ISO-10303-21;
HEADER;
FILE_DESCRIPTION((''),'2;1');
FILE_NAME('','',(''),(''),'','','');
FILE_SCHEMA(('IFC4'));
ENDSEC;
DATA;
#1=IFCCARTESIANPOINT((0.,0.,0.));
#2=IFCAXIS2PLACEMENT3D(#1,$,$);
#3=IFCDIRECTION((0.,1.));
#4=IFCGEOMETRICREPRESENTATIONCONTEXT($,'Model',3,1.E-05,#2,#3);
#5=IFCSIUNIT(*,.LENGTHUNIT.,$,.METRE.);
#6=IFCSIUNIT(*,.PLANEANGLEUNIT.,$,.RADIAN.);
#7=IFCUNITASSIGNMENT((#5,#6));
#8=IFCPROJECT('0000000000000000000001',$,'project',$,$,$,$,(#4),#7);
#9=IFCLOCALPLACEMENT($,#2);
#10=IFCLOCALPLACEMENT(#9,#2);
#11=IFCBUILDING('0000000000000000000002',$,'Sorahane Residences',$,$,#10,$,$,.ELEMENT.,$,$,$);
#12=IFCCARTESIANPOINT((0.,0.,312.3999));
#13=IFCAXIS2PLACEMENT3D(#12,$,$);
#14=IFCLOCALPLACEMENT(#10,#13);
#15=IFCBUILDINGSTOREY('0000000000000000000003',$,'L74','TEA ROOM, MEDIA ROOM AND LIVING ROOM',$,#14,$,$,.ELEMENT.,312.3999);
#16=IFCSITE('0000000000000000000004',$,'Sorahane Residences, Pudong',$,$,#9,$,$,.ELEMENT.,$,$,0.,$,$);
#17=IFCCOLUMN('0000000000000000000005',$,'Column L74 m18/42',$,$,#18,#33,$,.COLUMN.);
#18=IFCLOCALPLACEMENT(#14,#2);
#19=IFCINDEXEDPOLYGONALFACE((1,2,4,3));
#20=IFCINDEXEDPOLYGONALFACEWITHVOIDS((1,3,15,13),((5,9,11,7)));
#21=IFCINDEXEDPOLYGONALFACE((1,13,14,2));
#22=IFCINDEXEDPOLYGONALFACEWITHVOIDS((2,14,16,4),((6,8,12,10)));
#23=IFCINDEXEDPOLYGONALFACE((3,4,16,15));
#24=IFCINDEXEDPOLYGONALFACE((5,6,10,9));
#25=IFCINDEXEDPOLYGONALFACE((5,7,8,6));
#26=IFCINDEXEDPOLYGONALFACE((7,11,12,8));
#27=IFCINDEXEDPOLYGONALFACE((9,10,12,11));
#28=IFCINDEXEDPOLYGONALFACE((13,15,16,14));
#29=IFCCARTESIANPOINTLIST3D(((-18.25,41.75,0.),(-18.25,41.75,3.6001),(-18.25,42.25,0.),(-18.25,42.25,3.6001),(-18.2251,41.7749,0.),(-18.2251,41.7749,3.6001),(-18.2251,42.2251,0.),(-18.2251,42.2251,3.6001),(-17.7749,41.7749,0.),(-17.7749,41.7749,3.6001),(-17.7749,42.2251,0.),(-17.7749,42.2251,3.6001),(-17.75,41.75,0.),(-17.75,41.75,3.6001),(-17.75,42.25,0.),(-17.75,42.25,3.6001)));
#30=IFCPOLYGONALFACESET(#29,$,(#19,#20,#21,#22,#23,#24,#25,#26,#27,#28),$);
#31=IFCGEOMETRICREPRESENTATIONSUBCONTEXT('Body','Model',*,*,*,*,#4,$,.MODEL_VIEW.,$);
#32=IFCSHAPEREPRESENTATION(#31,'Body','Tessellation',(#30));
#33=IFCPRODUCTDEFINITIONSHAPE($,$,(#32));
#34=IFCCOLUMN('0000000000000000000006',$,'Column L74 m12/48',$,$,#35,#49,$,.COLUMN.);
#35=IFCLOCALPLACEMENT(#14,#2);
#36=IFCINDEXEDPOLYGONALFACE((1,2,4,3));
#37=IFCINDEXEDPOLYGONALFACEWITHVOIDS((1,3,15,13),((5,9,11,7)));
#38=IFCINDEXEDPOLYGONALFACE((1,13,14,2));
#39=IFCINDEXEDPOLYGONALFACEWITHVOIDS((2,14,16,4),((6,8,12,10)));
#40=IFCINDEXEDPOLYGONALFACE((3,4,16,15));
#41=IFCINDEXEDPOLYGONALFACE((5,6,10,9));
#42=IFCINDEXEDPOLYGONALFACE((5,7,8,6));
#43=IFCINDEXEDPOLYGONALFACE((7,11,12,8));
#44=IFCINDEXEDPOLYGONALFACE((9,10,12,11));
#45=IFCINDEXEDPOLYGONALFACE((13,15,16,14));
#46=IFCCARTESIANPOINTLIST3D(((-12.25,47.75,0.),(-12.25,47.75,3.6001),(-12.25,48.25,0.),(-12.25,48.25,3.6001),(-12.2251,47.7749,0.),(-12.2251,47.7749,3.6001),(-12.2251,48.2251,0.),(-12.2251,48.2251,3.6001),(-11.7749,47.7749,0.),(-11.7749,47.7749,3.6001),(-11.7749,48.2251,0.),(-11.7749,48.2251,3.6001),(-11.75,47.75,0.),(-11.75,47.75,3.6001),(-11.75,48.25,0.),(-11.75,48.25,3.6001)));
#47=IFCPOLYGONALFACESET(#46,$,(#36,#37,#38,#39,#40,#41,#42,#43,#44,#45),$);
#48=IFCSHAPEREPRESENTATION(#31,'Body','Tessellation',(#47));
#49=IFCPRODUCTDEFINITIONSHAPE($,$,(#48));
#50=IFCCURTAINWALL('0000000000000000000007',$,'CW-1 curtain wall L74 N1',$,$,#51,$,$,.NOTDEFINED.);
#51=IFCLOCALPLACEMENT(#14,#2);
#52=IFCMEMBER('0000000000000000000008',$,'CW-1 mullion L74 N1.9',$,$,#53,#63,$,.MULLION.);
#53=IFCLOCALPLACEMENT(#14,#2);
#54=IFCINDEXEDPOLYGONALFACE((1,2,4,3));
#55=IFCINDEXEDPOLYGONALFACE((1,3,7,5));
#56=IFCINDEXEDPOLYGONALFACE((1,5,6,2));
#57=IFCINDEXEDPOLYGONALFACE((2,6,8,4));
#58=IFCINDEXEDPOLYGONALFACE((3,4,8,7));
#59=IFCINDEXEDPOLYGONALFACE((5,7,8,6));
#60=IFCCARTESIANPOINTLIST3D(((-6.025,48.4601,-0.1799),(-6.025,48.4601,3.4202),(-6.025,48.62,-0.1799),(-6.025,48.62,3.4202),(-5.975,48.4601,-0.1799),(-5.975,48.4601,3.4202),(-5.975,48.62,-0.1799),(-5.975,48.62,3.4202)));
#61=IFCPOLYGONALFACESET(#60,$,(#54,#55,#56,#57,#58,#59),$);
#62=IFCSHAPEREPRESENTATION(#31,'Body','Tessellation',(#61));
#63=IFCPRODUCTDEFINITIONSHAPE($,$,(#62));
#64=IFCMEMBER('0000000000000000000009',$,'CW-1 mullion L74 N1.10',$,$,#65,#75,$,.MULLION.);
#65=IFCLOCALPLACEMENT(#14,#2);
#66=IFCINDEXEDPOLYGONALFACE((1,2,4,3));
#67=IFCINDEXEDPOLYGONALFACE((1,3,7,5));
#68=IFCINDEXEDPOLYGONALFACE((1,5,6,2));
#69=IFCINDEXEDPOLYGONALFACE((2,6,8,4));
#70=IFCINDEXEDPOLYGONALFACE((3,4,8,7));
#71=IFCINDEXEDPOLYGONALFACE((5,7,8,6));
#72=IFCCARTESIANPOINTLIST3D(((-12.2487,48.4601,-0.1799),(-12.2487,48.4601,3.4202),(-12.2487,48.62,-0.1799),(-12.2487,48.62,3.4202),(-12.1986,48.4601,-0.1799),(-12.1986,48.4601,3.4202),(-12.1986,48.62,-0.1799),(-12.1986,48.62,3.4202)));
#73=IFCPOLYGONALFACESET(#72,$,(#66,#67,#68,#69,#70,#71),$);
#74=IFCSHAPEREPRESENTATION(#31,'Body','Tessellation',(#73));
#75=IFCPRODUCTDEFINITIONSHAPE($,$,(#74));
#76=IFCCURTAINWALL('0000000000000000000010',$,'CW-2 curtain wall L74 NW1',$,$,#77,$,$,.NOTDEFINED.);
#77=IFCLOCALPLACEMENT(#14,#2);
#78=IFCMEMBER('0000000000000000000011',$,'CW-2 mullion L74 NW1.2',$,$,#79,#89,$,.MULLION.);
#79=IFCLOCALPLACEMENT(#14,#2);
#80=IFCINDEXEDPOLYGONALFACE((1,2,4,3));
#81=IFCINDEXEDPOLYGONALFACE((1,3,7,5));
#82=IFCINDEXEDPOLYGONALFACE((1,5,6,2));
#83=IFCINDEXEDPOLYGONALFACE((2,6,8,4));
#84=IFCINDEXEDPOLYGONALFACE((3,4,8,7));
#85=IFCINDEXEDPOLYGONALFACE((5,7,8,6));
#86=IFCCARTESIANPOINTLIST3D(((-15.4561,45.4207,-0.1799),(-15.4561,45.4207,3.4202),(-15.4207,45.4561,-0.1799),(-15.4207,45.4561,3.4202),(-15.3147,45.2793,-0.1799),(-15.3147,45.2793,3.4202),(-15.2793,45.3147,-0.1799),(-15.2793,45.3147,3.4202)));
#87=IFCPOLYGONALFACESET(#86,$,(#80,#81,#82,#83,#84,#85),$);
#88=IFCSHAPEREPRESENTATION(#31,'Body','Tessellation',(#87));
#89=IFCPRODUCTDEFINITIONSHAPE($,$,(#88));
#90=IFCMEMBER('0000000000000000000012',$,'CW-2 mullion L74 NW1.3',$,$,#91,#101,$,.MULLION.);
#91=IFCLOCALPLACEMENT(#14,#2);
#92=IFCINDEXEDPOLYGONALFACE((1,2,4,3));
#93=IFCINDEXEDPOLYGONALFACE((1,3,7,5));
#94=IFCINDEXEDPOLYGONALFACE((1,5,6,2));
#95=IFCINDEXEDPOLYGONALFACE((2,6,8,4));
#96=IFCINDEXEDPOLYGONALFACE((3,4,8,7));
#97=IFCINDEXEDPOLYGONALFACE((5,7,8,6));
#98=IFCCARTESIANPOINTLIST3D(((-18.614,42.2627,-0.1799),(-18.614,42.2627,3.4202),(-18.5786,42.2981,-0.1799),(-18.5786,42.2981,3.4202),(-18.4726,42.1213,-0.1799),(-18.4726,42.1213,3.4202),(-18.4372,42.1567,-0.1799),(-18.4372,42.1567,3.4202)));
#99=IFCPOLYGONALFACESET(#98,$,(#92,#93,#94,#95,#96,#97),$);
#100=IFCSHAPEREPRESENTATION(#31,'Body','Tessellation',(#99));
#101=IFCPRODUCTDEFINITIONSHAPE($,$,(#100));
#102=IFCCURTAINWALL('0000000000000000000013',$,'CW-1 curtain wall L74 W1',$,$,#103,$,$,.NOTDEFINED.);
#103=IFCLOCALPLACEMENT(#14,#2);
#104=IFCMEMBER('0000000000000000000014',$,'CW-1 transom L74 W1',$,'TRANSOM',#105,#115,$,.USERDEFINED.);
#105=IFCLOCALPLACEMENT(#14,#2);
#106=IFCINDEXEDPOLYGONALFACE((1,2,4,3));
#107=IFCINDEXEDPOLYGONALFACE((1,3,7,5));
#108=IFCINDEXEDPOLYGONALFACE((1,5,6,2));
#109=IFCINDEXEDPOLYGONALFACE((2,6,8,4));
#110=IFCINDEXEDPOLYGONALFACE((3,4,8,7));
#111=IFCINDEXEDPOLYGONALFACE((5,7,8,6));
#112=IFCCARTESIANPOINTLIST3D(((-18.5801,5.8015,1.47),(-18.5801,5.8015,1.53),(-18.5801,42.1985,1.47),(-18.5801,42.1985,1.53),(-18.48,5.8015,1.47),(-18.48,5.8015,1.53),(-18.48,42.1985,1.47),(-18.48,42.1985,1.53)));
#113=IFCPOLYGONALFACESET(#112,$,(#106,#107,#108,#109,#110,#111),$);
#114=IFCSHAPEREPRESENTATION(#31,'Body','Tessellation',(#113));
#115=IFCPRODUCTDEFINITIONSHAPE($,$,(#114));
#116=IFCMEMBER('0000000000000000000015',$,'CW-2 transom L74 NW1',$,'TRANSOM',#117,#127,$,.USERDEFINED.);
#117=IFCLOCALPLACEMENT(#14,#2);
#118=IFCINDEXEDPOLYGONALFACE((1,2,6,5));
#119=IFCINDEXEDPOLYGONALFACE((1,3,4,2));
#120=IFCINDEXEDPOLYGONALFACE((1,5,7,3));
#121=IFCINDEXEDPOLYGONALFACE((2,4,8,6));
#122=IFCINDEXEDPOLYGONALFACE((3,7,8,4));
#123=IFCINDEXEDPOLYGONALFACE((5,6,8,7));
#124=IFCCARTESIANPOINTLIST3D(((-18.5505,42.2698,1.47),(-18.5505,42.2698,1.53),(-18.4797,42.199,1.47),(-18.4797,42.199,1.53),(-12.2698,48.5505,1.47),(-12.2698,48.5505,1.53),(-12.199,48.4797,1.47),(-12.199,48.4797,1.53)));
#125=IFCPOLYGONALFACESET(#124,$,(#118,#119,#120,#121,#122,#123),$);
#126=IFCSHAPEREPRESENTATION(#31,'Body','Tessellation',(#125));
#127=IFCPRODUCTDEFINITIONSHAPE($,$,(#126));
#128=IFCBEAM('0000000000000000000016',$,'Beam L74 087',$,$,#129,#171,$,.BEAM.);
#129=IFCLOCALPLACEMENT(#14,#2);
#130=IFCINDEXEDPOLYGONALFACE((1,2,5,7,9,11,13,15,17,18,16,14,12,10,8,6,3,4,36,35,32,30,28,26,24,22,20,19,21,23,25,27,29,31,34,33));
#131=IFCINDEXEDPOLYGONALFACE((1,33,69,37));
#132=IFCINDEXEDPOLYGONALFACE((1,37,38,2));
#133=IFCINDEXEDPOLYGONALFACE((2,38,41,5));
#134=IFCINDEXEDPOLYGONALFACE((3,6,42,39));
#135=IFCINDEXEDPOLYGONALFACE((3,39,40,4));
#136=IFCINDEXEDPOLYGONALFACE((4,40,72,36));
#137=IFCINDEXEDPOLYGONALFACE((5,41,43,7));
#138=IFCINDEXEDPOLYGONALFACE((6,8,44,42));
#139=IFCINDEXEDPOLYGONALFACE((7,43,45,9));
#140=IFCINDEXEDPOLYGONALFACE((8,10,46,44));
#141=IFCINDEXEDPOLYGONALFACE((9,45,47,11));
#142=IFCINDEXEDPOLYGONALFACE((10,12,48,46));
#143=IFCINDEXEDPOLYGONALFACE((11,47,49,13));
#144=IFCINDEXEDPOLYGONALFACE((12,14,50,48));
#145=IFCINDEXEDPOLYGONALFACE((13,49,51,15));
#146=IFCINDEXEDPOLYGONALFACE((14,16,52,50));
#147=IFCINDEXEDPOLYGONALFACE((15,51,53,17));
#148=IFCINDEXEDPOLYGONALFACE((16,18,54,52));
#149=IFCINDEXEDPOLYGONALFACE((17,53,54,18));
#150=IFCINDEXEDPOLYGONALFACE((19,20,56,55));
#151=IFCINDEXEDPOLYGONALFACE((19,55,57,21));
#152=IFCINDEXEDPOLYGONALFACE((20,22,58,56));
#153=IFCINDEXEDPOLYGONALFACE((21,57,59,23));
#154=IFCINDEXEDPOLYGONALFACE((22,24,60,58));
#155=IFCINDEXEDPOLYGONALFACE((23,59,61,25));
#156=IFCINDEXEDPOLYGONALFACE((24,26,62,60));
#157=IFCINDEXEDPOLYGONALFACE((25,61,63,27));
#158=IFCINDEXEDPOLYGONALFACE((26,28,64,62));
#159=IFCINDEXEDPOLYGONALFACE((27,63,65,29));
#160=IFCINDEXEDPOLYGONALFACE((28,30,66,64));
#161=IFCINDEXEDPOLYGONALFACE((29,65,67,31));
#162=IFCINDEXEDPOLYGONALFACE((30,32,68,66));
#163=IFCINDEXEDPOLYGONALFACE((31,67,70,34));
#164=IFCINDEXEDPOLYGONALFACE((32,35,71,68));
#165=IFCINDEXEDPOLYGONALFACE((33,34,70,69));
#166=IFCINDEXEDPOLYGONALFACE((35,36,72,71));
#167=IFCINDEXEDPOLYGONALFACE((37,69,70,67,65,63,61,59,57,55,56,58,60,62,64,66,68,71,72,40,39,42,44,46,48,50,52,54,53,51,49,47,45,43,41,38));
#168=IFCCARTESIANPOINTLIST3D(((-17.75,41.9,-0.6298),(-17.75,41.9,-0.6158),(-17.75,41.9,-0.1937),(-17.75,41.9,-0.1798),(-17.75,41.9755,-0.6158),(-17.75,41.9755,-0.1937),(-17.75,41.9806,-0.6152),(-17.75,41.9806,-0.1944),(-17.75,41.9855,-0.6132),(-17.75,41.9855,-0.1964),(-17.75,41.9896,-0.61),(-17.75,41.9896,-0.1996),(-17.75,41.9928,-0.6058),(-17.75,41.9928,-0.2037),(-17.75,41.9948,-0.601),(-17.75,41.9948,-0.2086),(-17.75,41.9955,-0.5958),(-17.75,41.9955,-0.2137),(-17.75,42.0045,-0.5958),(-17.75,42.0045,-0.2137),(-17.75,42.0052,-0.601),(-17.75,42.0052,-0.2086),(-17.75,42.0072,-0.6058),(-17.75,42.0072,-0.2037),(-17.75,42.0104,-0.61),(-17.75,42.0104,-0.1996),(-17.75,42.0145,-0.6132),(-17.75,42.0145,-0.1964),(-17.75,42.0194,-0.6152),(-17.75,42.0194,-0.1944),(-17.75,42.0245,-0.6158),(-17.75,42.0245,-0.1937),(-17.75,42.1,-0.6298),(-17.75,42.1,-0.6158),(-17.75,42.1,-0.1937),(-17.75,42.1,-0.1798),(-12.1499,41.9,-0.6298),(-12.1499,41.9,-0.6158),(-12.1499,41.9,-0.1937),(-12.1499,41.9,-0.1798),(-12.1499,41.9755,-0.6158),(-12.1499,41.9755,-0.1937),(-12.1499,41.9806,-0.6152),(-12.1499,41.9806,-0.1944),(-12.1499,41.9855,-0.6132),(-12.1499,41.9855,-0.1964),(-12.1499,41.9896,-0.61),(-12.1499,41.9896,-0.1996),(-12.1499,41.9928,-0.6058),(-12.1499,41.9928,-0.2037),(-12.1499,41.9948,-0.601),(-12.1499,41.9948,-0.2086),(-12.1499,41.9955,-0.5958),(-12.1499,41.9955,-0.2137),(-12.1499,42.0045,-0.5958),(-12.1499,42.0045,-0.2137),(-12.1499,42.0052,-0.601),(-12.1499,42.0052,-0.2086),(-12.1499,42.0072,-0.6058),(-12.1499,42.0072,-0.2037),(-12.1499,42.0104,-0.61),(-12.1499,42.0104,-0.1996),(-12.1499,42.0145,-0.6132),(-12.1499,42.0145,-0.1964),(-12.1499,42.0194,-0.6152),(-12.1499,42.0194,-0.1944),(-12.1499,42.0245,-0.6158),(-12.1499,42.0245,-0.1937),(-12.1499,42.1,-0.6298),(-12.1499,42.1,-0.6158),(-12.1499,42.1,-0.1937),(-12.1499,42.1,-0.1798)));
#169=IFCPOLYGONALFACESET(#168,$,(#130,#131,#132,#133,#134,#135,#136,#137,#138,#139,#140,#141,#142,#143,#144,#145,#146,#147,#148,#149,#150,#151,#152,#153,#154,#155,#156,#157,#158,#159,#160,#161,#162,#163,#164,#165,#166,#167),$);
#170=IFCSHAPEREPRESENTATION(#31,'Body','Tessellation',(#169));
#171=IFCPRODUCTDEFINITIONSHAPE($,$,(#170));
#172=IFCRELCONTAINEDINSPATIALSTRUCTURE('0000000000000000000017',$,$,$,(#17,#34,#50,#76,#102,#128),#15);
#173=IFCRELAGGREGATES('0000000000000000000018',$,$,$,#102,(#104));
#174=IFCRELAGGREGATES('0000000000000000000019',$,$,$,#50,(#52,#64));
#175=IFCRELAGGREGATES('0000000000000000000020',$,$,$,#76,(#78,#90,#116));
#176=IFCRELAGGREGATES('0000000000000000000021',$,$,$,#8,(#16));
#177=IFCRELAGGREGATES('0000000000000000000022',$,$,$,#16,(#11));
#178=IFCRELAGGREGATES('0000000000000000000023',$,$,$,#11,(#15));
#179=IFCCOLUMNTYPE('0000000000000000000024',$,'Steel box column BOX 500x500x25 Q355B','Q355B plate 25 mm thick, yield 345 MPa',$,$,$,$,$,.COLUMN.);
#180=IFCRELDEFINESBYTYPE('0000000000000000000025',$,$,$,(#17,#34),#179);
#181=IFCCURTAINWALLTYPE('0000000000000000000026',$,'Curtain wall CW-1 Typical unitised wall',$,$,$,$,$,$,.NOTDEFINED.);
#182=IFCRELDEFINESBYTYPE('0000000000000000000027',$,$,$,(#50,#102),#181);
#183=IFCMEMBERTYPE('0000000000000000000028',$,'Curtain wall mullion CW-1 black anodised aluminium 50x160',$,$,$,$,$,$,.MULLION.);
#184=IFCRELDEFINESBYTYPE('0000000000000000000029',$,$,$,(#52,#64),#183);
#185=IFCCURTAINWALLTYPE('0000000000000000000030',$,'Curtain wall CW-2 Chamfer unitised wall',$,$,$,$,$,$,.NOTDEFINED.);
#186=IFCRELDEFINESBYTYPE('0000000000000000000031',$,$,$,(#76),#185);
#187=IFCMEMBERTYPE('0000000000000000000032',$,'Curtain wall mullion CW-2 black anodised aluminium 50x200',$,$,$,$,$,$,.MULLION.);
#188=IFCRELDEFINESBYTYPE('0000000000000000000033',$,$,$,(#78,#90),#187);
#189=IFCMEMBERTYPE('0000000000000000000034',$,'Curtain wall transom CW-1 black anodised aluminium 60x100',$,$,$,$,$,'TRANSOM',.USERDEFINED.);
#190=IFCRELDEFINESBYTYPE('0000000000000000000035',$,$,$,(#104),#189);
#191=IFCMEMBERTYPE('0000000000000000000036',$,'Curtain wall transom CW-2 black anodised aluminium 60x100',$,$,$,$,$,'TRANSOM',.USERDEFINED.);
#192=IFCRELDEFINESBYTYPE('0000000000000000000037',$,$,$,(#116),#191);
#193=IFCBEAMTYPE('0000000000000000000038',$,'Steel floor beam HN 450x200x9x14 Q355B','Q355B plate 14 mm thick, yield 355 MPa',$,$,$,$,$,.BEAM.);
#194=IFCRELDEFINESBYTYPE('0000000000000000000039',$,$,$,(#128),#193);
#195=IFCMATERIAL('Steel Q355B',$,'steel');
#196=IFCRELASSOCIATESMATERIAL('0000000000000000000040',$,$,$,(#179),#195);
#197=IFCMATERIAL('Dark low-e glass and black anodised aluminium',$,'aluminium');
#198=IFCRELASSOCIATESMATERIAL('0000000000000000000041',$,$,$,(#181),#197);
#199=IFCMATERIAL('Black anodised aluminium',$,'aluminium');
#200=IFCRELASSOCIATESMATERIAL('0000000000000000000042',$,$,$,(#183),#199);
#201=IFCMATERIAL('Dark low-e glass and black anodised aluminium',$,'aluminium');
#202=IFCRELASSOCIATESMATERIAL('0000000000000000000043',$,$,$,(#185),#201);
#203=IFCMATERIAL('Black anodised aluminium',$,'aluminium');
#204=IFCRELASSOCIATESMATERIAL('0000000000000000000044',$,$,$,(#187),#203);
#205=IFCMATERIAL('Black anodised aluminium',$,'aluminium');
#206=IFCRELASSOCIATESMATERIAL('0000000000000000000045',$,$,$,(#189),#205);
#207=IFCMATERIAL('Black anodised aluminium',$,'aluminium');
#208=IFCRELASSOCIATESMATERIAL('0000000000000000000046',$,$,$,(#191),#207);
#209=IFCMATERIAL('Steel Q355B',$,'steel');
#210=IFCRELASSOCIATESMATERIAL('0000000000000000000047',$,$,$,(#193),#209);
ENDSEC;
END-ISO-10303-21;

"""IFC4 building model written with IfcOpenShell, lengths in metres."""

from ifc_helpers import new_model, si_unit, direction, frame, origin, origin_2d, place, context, subcontext, project, spatial, rectangle, hollow_rectangle, i_section, extrude, material, material_profile, profile_set, type_object, element, aggregate, save


model = new_model("IFC4")

# Units and contexts
model_context = context("Model", 3, precision=1e-05, world=origin(), true_north=direction((0.0, 1.0)))
body_context = subcontext(model_context, "Body", "Model", "MODEL_VIEW")
ifc_project = project(units=[si_unit("LENGTHUNIT", "METRE"), si_unit("PLANEANGLEUNIT", "RADIAN")], contexts=[model_context])

# Site, building, storey
site_placement = place(None, origin())
site = spatial("IfcSite", under=ifc_project, at=site_placement, Name="Sorahane Residences, Pudong", CompositionType="ELEMENT", RefElevation=0.0)
building_placement = place(site_placement, origin())
building = spatial("IfcBuilding", under=site, at=building_placement, Name="Sorahane Residences", CompositionType="ELEMENT")
storey_placement = place(building_placement, frame((0.0, 0.0, 312.3999)))
storey = spatial("IfcBuildingStorey", under=building, at=storey_placement, Name="L74", Description="TEA ROOM, MEDIA ROOM AND LIVING ROOM", CompositionType="ELEMENT", Elevation=312.3999)

# Columns
ifc_material_1 = material(Name="Steel Q355B", Category="steel")
ifc_material_profile_1 = material_profile(ifc_material_1, hollow_rectangle(XDim=0.5, YDim=0.5, WallThickness=0.0249, at=origin_2d()), Name="BOX 500x500x25")
ifc_profile_set_1 = profile_set([ifc_material_profile_1], Name="Steel Q355B")
column_type = type_object("IfcColumnType", Name="Steel box column BOX 500x500x25 Q355B", Description="Q355B plate 25 mm thick, yield 345 MPa", PredefinedType="COLUMN", material=ifc_profile_set_1)
for number, where, z_axis, x_axis, name in (
    (1, (-18.0, 42.0, 0.0), (0.0, 0.0, 1.0), (1.0, 0.0, 0.0), "Column L74 m18/42"),
    (2, (-12.0, 48.0, 0.0), (0.0, 0.0, 1.0), (1.0, 0.0, 0.0), "Column L74 m12/48"),
):
    element("IfcColumn", number, at=place(storey_placement, frame(where, z_axis=z_axis, x_axis=x_axis)), inside=storey, type_object=column_type, Name=name, PredefinedType="COLUMN", context=body_context, shape_type="SweptSolid", body=[
        extrude(hollow_rectangle(XDim=0.5, YDim=0.5, WallThickness=0.0249, at=origin_2d()), origin(), (0.0, 0.0, 1.0), 3.6001),
    ])

# Curtain walls, members
ifc_material_2 = material(Name="Dark low-e glass and black anodised aluminium", Category="aluminium")
curtain_wall_type_1 = type_object("IfcCurtainWallType", Name="Curtain wall CW-1 Typical unitised wall", PredefinedType="NOTDEFINED", material=ifc_material_2)
curtain_wall_1_placement = place(storey_placement, origin())
curtain_wall_1 = element("IfcCurtainWall", 3, at=curtain_wall_1_placement, inside=storey, type_object=curtain_wall_type_1, Name="CW-1 curtain wall L74 N1", PredefinedType="NOTDEFINED")
ifc_material_3 = material(Name="Black anodised aluminium", Category="aluminium")
ifc_material_profile_2 = material_profile(ifc_material_3, rectangle(XDim=0.1599, YDim=0.05, at=origin_2d()), Name="Curtain wall mullion CW-1 black anodised aluminium 50x160")
ifc_profile_set_2 = profile_set([ifc_material_profile_2], Name="Black anodised aluminium")
member_type_1 = type_object("IfcMemberType", Name="Curtain wall mullion CW-1 black anodised aluminium 50x160", PredefinedType="MULLION", material=ifc_profile_set_2)
member_1_placement = place(storey_placement, frame((-6.0, 48.54, -0.1799), z_axis=(0.0, 0.0, 1.0), x_axis=(0.0, 1.0, 0.0)))
member_1 = element("IfcMember", 4, at=member_1_placement, type_object=member_type_1, Name="CW-1 mullion L74 N1.9", PredefinedType="MULLION", context=body_context, shape_type="SweptSolid", body=[
    extrude(rectangle(XDim=0.1599, YDim=0.05, at=origin_2d()), origin(), (0.0, 0.0, 1.0), 3.6001),
])
member_2_placement = place(storey_placement, frame((-12.2236, 48.54, -0.1799), z_axis=(0.0, 0.0, 1.0), x_axis=(0.0, 1.0, 0.0)))
member_2 = element("IfcMember", 5, at=member_2_placement, type_object=member_type_1, Name="CW-1 mullion L74 N1.10", PredefinedType="MULLION", context=body_context, shape_type="SweptSolid", body=[
    extrude(rectangle(XDim=0.1599, YDim=0.05, at=origin_2d()), origin(), (0.0, 0.0, 1.0), 3.6001),
])
ifc_material_4 = material(Name="Dark low-e glass and black anodised aluminium", Category="aluminium")
curtain_wall_type_2 = type_object("IfcCurtainWallType", Name="Curtain wall CW-2 Chamfer unitised wall", PredefinedType="NOTDEFINED", material=ifc_material_4)
curtain_wall_2_placement = place(storey_placement, origin())
curtain_wall_2 = element("IfcCurtainWall", 6, at=curtain_wall_2_placement, inside=storey, type_object=curtain_wall_type_2, Name="CW-2 curtain wall L74 NW1", PredefinedType="NOTDEFINED")
ifc_material_5 = material(Name="Black anodised aluminium", Category="aluminium")
ifc_material_profile_3 = material_profile(ifc_material_5, rectangle(XDim=0.2, YDim=0.05, at=origin_2d()), Name="Curtain wall mullion CW-2 black anodised aluminium 50x200")
ifc_profile_set_3 = profile_set([ifc_material_profile_3], Name="Black anodised aluminium")
member_type_2 = type_object("IfcMemberType", Name="Curtain wall mullion CW-2 black anodised aluminium 50x200", PredefinedType="MULLION", material=ifc_profile_set_3)
member_3_placement = place(storey_placement, frame((-15.3677, 45.3677, -0.1799), z_axis=(0.0, 0.0, 1.0), x_axis=(-0.707107, 0.707107, 0.0)))
member_3 = element("IfcMember", 7, at=member_3_placement, type_object=member_type_2, Name="CW-2 mullion L74 NW1.2", PredefinedType="MULLION", context=body_context, shape_type="SweptSolid", body=[
    extrude(rectangle(XDim=0.2, YDim=0.05, at=origin_2d()), origin(), (0.0, 0.0, 1.0), 3.6001),
])
member_4_placement = place(storey_placement, frame((-18.5256, 42.2097, -0.1799), z_axis=(0.0, 0.0, 1.0), x_axis=(-0.707107, 0.707107, 0.0)))
member_4 = element("IfcMember", 8, at=member_4_placement, type_object=member_type_2, Name="CW-2 mullion L74 NW1.3", PredefinedType="MULLION", context=body_context, shape_type="SweptSolid", body=[
    extrude(rectangle(XDim=0.2, YDim=0.05, at=origin_2d()), origin(), (0.0, 0.0, 1.0), 3.6001),
])

# Curtain wall, member
curtain_wall_3_placement = place(storey_placement, origin())
curtain_wall_3 = element("IfcCurtainWall", 9, at=curtain_wall_3_placement, inside=storey, type_object=curtain_wall_type_1, Name="CW-1 curtain wall L74 W1", PredefinedType="NOTDEFINED")
ifc_material_6 = material(Name="Black anodised aluminium", Category="aluminium")
ifc_material_profile_4 = material_profile(ifc_material_6, rectangle(XDim=0.1001, YDim=0.0601, at=origin_2d()), Name="Curtain wall transom CW-1 black anodised aluminium 60x100")
ifc_profile_set_4 = profile_set([ifc_material_profile_4], Name="Black anodised aluminium")
member_type_3 = type_object("IfcMemberType", Name="Curtain wall transom CW-1 black anodised aluminium 60x100", ElementType="TRANSOM", PredefinedType="USERDEFINED", material=ifc_profile_set_4)
member_5_placement = place(storey_placement, frame((-18.53, 42.1985, 1.5), z_axis=(0.0, -1.0, 0.0), x_axis=(1.0, 0.0, 0.0)))
member_5 = element("IfcMember", 10, at=member_5_placement, type_object=member_type_3, Name="CW-1 transom L74 W1", ObjectType="TRANSOM", PredefinedType="USERDEFINED", context=body_context, shape_type="SweptSolid", body=[
    extrude(rectangle(XDim=0.1001, YDim=0.0601, at=origin_2d()), origin(), (0.0, 0.0, 1.0), 36.397),
])
aggregate(curtain_wall_3, [member_5])

# Member
ifc_material_7 = material(Name="Black anodised aluminium", Category="aluminium")
ifc_material_profile_5 = material_profile(ifc_material_7, rectangle(XDim=0.1001, YDim=0.0601, at=origin_2d()), Name="Curtain wall transom CW-2 black anodised aluminium 60x100")
ifc_profile_set_5 = profile_set([ifc_material_profile_5], Name="Black anodised aluminium")
member_type_4 = type_object("IfcMemberType", Name="Curtain wall transom CW-2 black anodised aluminium 60x100", ElementType="TRANSOM", PredefinedType="USERDEFINED", material=ifc_profile_set_5)
member_6_placement = place(storey_placement, frame((-12.2344, 48.5151, 1.5), z_axis=(-0.707107, -0.707107, 0.0), x_axis=(0.707107, -0.707107, 0.0)))
member_6 = element("IfcMember", 11, at=member_6_placement, type_object=member_type_4, Name="CW-2 transom L74 NW1", ObjectType="TRANSOM", PredefinedType="USERDEFINED", context=body_context, shape_type="SweptSolid", body=[
    extrude(rectangle(XDim=0.1001, YDim=0.0601, at=origin_2d()), origin(), (0.0, 0.0, 1.0), 8.8823),
])

# Beam
ifc_material_8 = material(Name="Steel Q355B", Category="steel")
ifc_material_profile_6 = material_profile(ifc_material_8, i_section(OverallWidth=0.2, OverallDepth=0.45, WebThickness=0.009, FlangeThickness=0.0139, FilletRadius=0.02, at=origin_2d()), Name="HN 450x200x9x14")
ifc_profile_set_6 = profile_set([ifc_material_profile_6], Name="Steel Q355B")
beam_type_1 = type_object("IfcBeamType", Name="Steel floor beam HN 450x200x9x14 Q355B", Description="Q355B plate 14 mm thick, yield 355 MPa", PredefinedType="BEAM", material=ifc_profile_set_6)
beam_1_placement = place(storey_placement, frame((-17.75, 42.0, -0.4048), z_axis=(1.0, 0.0, 0.0), x_axis=(0.0, 1.0, 0.0)))
element("IfcBeam", 12, at=beam_1_placement, inside=storey, type_object=beam_type_1, Name="Beam L74 087", PredefinedType="BEAM", context=body_context, shape_type="SweptSolid", body=[
    extrude(i_section(OverallWidth=0.2, OverallDepth=0.45, WebThickness=0.009, FlangeThickness=0.0139, FilletRadius=0.02, at=origin_2d()), origin(), (0.0, 0.0, 1.0), 5.6001),
])

aggregate(curtain_wall_1, [member_1, member_2])
aggregate(curtain_wall_2, [member_3, member_4, member_6])

save(model, "model.ifc")
